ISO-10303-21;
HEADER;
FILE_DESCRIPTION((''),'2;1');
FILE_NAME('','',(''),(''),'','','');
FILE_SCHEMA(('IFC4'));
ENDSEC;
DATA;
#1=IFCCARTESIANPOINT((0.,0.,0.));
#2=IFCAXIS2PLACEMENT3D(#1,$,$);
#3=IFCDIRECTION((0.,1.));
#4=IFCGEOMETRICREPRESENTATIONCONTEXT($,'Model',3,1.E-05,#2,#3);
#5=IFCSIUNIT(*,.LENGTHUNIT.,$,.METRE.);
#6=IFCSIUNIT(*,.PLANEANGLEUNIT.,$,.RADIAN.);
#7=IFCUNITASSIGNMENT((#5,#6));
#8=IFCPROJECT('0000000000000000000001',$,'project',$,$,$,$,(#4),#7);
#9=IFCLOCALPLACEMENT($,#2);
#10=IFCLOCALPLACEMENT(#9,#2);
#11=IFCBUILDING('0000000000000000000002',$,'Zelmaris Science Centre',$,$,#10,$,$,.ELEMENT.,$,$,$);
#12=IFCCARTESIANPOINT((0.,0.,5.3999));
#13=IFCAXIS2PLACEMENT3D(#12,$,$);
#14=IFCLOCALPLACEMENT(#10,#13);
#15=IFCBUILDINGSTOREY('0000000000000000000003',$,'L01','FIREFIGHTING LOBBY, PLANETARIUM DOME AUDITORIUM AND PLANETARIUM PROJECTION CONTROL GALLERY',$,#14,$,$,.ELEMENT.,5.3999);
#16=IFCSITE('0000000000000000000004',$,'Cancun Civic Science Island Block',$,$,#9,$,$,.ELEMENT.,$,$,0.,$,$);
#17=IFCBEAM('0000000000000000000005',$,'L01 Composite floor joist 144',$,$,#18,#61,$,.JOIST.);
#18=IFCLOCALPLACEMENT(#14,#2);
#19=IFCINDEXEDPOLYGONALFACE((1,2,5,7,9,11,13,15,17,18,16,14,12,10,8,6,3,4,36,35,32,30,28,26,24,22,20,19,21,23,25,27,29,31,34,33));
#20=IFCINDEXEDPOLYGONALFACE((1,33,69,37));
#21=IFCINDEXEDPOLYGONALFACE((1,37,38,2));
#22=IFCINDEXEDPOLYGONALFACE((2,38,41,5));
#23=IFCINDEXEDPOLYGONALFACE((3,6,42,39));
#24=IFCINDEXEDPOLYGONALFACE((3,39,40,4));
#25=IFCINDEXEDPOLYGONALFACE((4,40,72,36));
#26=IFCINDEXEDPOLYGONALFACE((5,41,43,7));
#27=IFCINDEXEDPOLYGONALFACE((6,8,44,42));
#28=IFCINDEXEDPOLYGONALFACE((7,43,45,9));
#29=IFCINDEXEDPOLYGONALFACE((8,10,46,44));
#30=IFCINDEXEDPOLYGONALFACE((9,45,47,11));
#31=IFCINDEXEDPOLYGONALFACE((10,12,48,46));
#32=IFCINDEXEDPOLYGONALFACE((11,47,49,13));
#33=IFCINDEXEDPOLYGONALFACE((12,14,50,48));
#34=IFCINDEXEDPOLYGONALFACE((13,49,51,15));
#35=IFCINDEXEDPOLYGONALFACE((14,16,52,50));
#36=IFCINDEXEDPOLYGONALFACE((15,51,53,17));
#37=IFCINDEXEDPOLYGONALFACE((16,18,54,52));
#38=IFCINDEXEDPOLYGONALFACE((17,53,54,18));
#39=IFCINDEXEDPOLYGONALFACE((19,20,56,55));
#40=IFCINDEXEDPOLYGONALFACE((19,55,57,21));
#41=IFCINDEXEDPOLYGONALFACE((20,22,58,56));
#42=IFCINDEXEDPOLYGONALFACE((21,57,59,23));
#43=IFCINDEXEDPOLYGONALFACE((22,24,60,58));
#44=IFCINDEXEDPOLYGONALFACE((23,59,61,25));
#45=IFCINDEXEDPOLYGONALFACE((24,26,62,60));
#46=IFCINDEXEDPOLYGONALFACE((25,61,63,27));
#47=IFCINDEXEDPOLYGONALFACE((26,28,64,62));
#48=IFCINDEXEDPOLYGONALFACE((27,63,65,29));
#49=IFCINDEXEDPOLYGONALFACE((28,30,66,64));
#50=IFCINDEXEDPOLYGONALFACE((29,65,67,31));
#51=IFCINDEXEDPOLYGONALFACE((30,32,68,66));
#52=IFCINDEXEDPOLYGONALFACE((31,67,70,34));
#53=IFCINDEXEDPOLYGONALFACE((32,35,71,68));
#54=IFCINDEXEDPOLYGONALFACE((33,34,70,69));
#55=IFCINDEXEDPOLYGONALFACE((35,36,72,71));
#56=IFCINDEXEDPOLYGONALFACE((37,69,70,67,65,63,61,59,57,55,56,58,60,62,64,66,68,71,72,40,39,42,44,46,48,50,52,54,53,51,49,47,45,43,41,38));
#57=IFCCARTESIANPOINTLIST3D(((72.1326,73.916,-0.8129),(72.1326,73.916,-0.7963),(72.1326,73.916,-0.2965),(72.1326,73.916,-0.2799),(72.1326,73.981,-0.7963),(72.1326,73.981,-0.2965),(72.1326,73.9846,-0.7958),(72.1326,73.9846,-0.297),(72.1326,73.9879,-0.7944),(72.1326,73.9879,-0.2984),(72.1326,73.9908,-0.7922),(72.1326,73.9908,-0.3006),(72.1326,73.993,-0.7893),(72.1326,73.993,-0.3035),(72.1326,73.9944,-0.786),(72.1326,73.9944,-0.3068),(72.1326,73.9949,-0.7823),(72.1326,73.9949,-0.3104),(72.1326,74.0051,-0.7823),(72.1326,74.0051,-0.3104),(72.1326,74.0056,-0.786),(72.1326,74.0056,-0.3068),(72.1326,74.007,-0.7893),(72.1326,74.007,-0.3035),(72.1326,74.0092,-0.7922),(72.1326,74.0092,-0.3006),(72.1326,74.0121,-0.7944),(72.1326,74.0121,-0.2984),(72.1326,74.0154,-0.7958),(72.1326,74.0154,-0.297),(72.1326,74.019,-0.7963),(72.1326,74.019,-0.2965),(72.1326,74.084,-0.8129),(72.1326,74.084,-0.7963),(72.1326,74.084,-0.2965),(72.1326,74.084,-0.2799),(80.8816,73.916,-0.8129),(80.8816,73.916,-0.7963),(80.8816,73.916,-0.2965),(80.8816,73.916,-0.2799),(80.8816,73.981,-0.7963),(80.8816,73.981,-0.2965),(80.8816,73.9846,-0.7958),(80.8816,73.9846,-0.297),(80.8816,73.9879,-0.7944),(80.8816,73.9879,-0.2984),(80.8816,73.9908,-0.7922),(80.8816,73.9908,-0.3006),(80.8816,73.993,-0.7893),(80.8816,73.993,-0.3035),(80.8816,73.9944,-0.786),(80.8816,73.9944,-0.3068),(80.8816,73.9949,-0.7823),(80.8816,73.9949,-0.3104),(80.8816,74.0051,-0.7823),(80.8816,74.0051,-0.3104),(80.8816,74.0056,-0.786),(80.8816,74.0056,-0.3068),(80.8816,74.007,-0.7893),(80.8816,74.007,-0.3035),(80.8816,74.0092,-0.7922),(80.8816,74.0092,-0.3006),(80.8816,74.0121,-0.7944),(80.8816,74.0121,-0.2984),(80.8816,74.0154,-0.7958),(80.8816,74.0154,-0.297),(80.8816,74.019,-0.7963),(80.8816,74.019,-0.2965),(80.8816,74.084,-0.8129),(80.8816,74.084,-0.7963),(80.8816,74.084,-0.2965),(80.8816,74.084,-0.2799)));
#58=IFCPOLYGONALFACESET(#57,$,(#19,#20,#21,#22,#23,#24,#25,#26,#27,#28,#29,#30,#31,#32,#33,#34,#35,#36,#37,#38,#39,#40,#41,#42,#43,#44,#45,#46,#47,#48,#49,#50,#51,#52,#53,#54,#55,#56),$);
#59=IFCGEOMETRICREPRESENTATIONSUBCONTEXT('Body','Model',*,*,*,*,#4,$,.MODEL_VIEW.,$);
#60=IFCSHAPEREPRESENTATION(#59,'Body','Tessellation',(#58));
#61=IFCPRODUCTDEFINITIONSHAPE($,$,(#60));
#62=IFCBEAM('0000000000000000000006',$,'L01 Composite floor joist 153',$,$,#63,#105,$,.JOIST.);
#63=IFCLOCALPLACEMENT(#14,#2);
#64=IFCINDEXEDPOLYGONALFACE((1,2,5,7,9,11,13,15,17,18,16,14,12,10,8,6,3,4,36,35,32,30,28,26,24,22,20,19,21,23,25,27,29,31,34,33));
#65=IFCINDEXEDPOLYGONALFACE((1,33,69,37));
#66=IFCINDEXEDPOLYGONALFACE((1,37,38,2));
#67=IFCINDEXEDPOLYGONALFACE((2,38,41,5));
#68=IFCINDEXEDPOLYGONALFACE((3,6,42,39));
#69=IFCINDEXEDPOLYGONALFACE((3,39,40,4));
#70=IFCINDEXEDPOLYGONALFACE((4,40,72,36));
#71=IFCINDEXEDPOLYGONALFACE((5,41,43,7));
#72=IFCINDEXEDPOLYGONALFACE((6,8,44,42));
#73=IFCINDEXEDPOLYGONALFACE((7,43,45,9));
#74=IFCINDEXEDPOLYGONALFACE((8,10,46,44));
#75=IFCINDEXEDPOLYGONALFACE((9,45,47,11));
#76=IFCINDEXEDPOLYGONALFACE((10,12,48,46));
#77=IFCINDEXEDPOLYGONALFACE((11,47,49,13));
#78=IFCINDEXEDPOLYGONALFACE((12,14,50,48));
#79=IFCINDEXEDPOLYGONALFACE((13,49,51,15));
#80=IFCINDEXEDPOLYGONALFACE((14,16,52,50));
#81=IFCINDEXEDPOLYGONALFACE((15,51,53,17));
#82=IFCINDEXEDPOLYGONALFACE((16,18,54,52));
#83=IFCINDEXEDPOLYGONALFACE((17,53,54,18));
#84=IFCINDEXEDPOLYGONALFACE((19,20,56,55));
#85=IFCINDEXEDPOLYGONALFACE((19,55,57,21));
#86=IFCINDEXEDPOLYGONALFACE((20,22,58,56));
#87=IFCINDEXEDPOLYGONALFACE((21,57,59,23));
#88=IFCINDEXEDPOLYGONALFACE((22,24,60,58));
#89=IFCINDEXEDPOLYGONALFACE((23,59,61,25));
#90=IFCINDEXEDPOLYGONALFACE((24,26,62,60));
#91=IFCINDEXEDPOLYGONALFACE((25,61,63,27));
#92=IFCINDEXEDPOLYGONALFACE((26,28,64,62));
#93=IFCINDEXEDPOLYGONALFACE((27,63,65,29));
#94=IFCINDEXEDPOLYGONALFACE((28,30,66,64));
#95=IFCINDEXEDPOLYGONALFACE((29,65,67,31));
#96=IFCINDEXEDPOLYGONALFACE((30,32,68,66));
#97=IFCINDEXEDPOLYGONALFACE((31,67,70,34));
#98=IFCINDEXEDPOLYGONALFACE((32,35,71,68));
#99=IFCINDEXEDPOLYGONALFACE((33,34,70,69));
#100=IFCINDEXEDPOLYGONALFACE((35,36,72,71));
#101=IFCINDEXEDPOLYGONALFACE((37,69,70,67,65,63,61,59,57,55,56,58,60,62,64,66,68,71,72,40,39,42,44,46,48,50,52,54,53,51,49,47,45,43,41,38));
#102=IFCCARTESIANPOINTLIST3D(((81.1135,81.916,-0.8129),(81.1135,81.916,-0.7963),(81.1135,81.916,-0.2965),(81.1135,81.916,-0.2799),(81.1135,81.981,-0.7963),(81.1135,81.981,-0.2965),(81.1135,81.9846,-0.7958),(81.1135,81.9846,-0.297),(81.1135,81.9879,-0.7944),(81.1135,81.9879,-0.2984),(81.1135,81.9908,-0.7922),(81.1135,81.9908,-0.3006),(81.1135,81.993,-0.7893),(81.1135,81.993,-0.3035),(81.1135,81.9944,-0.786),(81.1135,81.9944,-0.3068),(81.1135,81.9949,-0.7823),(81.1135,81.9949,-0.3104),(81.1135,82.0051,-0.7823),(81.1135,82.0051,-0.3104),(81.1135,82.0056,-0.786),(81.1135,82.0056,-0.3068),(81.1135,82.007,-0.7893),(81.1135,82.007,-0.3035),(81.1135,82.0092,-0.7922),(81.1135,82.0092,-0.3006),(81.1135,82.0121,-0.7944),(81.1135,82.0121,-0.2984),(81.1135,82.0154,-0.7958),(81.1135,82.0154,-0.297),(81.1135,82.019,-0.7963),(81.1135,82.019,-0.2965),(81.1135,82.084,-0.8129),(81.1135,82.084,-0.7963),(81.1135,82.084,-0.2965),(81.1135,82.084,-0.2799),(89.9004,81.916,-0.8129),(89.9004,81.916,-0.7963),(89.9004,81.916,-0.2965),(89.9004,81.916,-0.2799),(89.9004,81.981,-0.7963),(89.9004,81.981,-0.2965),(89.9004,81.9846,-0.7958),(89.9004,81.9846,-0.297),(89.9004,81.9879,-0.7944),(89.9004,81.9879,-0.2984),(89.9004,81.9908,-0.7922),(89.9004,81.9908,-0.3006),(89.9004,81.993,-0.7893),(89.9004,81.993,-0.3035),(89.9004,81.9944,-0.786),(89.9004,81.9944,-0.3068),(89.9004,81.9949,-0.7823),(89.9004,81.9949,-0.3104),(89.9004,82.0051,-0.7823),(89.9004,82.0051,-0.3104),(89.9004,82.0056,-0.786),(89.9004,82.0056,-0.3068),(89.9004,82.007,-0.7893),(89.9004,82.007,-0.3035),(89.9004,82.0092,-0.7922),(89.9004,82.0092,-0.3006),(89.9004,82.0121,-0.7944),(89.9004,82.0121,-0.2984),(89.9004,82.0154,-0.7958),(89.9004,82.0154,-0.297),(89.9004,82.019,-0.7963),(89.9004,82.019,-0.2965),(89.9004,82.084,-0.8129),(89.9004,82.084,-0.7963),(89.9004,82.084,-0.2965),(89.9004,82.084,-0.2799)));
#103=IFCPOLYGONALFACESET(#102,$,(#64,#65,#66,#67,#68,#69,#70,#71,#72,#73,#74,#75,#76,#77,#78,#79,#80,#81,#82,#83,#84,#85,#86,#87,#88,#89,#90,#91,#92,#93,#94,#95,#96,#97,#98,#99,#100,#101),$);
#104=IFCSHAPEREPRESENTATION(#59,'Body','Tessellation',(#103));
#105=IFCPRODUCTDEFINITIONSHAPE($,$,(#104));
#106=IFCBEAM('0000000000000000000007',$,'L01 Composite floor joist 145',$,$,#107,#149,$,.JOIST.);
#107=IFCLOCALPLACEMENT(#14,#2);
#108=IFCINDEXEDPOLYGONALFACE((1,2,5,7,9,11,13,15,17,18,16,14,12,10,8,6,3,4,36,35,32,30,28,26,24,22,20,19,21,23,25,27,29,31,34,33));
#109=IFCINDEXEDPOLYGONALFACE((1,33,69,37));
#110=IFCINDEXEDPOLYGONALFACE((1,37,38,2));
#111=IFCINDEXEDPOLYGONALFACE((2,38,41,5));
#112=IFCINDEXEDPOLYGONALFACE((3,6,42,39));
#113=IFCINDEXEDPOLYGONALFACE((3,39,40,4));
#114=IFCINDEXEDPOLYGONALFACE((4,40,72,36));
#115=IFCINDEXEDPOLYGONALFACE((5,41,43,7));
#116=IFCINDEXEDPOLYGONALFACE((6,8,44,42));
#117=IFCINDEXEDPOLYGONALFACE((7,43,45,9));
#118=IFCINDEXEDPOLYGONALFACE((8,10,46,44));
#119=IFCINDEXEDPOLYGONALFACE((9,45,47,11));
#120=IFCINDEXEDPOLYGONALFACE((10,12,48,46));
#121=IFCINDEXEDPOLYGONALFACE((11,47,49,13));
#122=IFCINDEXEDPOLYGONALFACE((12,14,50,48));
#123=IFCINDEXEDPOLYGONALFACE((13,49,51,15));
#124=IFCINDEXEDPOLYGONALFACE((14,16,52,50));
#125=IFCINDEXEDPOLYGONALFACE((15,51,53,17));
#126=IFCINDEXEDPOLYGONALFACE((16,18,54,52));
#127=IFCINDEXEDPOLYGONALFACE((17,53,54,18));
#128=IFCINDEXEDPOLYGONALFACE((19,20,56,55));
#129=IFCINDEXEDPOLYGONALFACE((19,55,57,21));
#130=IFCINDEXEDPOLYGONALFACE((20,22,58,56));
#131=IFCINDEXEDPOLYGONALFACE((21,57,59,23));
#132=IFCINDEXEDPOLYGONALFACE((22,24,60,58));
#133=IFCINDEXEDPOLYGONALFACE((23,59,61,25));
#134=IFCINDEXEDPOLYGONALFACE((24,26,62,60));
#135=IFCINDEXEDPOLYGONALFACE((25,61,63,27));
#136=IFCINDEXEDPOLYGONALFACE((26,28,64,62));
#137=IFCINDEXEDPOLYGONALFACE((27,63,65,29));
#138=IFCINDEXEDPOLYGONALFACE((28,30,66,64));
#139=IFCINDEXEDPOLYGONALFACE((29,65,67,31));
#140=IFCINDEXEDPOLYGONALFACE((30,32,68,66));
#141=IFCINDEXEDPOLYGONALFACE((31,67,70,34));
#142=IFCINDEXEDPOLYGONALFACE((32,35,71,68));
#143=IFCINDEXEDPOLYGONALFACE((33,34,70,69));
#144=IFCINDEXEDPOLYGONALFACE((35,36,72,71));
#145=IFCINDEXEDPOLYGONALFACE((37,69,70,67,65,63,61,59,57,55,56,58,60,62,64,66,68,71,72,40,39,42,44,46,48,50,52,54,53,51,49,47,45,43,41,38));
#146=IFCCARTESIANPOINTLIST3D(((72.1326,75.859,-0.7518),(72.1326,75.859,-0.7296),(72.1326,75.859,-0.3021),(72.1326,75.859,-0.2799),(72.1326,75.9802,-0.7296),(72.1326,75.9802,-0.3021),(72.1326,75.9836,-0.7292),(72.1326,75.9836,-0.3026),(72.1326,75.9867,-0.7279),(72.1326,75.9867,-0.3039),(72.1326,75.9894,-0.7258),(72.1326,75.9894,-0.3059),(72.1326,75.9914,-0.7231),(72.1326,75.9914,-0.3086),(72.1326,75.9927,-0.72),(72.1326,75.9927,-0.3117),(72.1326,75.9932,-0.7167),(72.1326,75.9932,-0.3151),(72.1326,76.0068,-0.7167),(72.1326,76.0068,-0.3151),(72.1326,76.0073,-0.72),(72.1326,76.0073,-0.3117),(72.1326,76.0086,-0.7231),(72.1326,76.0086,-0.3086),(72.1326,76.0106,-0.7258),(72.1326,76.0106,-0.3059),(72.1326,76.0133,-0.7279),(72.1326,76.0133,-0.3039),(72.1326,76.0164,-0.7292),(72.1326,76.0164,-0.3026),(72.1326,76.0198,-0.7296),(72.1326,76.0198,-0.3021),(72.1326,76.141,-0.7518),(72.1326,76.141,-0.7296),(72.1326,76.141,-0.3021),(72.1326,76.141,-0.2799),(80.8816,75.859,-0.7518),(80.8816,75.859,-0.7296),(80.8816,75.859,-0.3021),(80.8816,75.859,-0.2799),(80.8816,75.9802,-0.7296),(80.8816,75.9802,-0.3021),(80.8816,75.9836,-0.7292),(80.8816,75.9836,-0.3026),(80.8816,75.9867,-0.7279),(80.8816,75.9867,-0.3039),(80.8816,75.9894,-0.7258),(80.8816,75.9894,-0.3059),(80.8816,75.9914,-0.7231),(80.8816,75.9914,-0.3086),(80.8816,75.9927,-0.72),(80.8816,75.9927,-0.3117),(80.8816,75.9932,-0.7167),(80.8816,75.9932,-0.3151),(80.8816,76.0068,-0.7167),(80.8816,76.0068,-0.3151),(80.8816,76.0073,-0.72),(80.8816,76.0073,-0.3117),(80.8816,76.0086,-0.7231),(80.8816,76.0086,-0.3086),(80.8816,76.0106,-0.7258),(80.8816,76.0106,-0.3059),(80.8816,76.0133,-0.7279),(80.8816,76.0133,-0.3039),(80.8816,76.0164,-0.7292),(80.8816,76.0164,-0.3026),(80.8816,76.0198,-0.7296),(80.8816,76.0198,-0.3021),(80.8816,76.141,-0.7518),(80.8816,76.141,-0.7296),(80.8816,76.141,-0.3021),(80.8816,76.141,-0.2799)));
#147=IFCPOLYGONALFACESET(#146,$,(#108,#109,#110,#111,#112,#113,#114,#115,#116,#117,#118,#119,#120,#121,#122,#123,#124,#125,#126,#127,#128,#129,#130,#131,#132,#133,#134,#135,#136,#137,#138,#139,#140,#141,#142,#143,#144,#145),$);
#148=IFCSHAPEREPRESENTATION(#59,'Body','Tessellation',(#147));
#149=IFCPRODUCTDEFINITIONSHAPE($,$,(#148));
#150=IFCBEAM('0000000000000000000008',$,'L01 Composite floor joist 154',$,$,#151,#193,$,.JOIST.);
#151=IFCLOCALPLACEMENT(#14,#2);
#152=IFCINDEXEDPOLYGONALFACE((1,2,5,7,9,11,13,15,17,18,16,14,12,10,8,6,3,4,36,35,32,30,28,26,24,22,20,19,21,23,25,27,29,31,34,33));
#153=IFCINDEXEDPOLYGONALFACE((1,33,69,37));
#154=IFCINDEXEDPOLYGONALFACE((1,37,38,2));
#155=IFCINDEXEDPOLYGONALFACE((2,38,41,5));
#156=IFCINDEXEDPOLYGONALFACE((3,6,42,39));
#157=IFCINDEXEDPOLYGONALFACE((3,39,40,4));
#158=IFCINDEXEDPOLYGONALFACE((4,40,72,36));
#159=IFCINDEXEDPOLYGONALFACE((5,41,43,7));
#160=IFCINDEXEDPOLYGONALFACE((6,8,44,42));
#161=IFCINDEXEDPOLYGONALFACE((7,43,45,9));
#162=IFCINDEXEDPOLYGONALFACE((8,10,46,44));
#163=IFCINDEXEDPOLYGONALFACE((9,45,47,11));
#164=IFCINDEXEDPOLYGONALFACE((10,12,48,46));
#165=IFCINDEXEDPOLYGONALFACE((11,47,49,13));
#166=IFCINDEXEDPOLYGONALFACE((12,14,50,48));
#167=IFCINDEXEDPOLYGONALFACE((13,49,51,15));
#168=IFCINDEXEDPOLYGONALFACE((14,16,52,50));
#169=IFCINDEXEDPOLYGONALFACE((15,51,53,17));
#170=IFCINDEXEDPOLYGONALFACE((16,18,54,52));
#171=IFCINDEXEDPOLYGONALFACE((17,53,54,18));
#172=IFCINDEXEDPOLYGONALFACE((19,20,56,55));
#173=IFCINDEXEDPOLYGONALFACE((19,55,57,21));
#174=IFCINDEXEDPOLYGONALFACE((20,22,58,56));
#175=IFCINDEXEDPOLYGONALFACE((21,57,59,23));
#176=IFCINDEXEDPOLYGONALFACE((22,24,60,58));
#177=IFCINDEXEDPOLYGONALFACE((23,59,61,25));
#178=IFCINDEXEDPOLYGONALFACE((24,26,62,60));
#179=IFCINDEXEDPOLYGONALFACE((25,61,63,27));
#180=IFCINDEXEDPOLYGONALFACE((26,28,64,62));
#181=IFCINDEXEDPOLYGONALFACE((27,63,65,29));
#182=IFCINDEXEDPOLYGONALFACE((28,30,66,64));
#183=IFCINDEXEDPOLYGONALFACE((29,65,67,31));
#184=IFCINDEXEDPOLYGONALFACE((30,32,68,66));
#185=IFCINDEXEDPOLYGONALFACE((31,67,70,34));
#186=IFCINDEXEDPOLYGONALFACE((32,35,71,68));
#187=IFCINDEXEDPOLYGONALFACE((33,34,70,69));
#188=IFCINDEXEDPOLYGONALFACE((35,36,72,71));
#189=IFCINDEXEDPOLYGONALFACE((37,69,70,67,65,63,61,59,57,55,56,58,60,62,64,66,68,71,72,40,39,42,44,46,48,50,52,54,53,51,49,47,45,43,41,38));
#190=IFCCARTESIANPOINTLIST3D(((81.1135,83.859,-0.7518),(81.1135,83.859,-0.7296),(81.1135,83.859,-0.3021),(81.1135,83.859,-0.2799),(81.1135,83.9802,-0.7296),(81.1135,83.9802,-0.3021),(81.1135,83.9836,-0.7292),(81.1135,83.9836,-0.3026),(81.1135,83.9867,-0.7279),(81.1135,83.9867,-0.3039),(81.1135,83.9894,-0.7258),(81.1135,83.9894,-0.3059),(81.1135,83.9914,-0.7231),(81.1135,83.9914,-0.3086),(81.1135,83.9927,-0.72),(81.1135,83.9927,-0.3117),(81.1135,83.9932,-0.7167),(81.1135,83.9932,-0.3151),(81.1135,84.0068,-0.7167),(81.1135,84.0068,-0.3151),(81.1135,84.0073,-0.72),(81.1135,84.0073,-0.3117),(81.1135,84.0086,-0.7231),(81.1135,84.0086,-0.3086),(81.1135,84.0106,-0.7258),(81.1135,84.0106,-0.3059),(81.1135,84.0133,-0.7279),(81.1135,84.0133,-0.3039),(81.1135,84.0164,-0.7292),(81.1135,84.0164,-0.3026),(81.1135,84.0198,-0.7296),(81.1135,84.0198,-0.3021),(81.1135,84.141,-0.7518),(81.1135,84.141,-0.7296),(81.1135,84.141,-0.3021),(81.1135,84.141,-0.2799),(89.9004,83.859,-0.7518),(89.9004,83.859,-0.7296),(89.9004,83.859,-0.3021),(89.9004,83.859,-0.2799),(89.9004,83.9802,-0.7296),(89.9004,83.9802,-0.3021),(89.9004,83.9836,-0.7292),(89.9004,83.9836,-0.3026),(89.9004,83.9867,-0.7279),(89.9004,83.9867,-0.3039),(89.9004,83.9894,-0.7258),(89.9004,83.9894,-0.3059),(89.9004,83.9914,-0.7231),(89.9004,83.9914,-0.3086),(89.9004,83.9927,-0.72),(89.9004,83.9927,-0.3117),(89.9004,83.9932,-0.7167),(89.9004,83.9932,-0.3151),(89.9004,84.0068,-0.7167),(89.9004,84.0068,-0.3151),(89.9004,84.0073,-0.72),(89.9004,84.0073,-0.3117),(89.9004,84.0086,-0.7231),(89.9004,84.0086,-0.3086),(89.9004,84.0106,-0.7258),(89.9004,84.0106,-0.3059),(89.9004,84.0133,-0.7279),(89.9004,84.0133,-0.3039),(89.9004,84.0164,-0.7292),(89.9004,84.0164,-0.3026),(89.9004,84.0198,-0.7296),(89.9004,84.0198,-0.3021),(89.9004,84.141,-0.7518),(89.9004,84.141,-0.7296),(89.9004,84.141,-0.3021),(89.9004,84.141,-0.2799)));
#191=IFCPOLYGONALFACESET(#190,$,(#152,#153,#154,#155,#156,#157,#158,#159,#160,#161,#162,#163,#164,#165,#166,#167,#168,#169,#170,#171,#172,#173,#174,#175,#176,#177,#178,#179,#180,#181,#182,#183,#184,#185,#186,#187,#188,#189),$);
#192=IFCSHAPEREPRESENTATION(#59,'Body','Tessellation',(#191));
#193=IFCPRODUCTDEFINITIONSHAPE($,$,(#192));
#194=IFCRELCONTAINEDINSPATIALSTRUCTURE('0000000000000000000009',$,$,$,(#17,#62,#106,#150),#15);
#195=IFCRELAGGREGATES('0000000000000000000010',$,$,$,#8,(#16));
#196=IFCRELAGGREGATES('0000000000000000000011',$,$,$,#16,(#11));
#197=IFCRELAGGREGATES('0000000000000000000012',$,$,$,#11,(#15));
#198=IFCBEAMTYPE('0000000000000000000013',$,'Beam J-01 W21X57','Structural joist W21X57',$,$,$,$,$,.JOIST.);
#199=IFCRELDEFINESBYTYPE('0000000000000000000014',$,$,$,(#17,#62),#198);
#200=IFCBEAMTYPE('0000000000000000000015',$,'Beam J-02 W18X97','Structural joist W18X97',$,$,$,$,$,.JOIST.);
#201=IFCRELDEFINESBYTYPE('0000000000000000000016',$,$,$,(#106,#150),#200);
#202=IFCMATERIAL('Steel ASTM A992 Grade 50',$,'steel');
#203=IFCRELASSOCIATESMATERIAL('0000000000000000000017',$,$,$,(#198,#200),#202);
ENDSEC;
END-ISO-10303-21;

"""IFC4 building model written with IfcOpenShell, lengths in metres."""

from ifc_helpers import new_model, si_unit, direction, frame, origin, origin_2d, place, context, subcontext, project, spatial, i_section, extrude, material, material_profile, profile_set, type_object, element, save


model = new_model("IFC4")

# Units and contexts
model_context = context("Model", 3, precision=1e-05, world=origin(), true_north=direction((0.0, 1.0)))
body_context = subcontext(model_context, "Body", "Model", "MODEL_VIEW")
ifc_project = project(units=[si_unit("LENGTHUNIT", "METRE"), si_unit("PLANEANGLEUNIT", "RADIAN")], contexts=[model_context])

# Site, building, storey
site_placement = place(None, origin())
site = spatial("IfcSite", under=ifc_project, at=site_placement, Name="Cancun Civic Science Island Block", CompositionType="ELEMENT", RefElevation=0.0)
building_placement = place(site_placement, origin())
building = spatial("IfcBuilding", under=site, at=building_placement, Name="Zelmaris Science Centre", CompositionType="ELEMENT")
storey_placement = place(building_placement, frame((0.0, 0.0, 5.3999)))
storey = spatial("IfcBuildingStorey", under=building, at=storey_placement, Name="L01", Description="FIREFIGHTING LOBBY, PLANETARIUM DOME AUDITORIUM AND PLANETARIUM PROJECTION CONTROL GALLERY", CompositionType="ELEMENT", Elevation=5.3999)

# Shared definitions
ifc_material_1 = material(Name="Steel ASTM A992 Grade 50", Category="steel")

# Beams
ifc_material_profile_1 = material_profile(ifc_material_1, i_section(OverallWidth=0.168, OverallDepth=0.533, WebThickness=0.0103, FlangeThickness=0.0166, FilletRadius=0.0139, at=origin_2d()), Name="W21X57")
ifc_profile_set_1 = profile_set([ifc_material_profile_1], Name="Steel ASTM A992 Grade 50")
beam_type_1 = type_object("IfcBeamType", Name="Beam J-01 W21X57", Description="Structural joist W21X57", PredefinedType="JOIST", material=ifc_profile_set_1)
beam_1_placement = place(storey_placement, frame((72.1326, 74.0, -0.5464), z_axis=(1.0, 0.0, 0.0), x_axis=(0.0, 1.0, 0.0)))
element("IfcBeam", 1, at=beam_1_placement, inside=storey, type_object=beam_type_1, Name="L01 Composite floor joist 144", PredefinedType="JOIST", context=body_context, shape_type="SweptSolid", body=[
    extrude(i_section(OverallWidth=0.168, OverallDepth=0.533, WebThickness=0.0103, FlangeThickness=0.0166, FilletRadius=0.0139, at=origin_2d()), origin(), (0.0, 0.0, 1.0), 8.749),
])
beam_2_placement = place(storey_placement, frame((81.1135, 82.0, -0.5464), z_axis=(1.0, 0.0, 0.0), x_axis=(0.0, 1.0, 0.0)))
element("IfcBeam", 2, at=beam_2_placement, inside=storey, type_object=beam_type_1, Name="L01 Composite floor joist 153", PredefinedType="JOIST", context=body_context, shape_type="SweptSolid", body=[
    extrude(i_section(OverallWidth=0.168, OverallDepth=0.533, WebThickness=0.0103, FlangeThickness=0.0166, FilletRadius=0.0139, at=origin_2d()), origin(), (0.0, 0.0, 1.0), 8.7869),
])
ifc_material_profile_2 = material_profile(ifc_material_1, i_section(OverallWidth=0.282, OverallDepth=0.4719, WebThickness=0.0137, FlangeThickness=0.0222, FilletRadius=0.0129, at=origin_2d()), Name="W18X97")
ifc_profile_set_2 = profile_set([ifc_material_profile_2], Name="Steel ASTM A992 Grade 50")
beam_type_2 = type_object("IfcBeamType", Name="Beam J-02 W18X97", Description="Structural joist W18X97", PredefinedType="JOIST", material=ifc_profile_set_2)
beam_3_placement = place(storey_placement, frame((72.1326, 76.0, -0.5159), z_axis=(1.0, 0.0, 0.0), x_axis=(0.0, 1.0, 0.0)))
element("IfcBeam", 3, at=beam_3_placement, inside=storey, type_object=beam_type_2, Name="L01 Composite floor joist 145", PredefinedType="JOIST", context=body_context, shape_type="SweptSolid", body=[
    extrude(i_section(OverallWidth=0.282, OverallDepth=0.4719, WebThickness=0.0137, FlangeThickness=0.0222, FilletRadius=0.0129, at=origin_2d()), origin(), (0.0, 0.0, 1.0), 8.749),
])
beam_4_placement = place(storey_placement, frame((81.1135, 84.0, -0.5159), z_axis=(1.0, 0.0, 0.0), x_axis=(0.0, 1.0, 0.0)))
element("IfcBeam", 4, at=beam_4_placement, inside=storey, type_object=beam_type_2, Name="L01 Composite floor joist 154", PredefinedType="JOIST", context=body_context, shape_type="SweptSolid", body=[
    extrude(i_section(OverallWidth=0.282, OverallDepth=0.4719, WebThickness=0.0137, FlangeThickness=0.0222, FilletRadius=0.0129, at=origin_2d()), origin(), (0.0, 0.0, 1.0), 8.7869),
])

save(model, "model.ifc")
